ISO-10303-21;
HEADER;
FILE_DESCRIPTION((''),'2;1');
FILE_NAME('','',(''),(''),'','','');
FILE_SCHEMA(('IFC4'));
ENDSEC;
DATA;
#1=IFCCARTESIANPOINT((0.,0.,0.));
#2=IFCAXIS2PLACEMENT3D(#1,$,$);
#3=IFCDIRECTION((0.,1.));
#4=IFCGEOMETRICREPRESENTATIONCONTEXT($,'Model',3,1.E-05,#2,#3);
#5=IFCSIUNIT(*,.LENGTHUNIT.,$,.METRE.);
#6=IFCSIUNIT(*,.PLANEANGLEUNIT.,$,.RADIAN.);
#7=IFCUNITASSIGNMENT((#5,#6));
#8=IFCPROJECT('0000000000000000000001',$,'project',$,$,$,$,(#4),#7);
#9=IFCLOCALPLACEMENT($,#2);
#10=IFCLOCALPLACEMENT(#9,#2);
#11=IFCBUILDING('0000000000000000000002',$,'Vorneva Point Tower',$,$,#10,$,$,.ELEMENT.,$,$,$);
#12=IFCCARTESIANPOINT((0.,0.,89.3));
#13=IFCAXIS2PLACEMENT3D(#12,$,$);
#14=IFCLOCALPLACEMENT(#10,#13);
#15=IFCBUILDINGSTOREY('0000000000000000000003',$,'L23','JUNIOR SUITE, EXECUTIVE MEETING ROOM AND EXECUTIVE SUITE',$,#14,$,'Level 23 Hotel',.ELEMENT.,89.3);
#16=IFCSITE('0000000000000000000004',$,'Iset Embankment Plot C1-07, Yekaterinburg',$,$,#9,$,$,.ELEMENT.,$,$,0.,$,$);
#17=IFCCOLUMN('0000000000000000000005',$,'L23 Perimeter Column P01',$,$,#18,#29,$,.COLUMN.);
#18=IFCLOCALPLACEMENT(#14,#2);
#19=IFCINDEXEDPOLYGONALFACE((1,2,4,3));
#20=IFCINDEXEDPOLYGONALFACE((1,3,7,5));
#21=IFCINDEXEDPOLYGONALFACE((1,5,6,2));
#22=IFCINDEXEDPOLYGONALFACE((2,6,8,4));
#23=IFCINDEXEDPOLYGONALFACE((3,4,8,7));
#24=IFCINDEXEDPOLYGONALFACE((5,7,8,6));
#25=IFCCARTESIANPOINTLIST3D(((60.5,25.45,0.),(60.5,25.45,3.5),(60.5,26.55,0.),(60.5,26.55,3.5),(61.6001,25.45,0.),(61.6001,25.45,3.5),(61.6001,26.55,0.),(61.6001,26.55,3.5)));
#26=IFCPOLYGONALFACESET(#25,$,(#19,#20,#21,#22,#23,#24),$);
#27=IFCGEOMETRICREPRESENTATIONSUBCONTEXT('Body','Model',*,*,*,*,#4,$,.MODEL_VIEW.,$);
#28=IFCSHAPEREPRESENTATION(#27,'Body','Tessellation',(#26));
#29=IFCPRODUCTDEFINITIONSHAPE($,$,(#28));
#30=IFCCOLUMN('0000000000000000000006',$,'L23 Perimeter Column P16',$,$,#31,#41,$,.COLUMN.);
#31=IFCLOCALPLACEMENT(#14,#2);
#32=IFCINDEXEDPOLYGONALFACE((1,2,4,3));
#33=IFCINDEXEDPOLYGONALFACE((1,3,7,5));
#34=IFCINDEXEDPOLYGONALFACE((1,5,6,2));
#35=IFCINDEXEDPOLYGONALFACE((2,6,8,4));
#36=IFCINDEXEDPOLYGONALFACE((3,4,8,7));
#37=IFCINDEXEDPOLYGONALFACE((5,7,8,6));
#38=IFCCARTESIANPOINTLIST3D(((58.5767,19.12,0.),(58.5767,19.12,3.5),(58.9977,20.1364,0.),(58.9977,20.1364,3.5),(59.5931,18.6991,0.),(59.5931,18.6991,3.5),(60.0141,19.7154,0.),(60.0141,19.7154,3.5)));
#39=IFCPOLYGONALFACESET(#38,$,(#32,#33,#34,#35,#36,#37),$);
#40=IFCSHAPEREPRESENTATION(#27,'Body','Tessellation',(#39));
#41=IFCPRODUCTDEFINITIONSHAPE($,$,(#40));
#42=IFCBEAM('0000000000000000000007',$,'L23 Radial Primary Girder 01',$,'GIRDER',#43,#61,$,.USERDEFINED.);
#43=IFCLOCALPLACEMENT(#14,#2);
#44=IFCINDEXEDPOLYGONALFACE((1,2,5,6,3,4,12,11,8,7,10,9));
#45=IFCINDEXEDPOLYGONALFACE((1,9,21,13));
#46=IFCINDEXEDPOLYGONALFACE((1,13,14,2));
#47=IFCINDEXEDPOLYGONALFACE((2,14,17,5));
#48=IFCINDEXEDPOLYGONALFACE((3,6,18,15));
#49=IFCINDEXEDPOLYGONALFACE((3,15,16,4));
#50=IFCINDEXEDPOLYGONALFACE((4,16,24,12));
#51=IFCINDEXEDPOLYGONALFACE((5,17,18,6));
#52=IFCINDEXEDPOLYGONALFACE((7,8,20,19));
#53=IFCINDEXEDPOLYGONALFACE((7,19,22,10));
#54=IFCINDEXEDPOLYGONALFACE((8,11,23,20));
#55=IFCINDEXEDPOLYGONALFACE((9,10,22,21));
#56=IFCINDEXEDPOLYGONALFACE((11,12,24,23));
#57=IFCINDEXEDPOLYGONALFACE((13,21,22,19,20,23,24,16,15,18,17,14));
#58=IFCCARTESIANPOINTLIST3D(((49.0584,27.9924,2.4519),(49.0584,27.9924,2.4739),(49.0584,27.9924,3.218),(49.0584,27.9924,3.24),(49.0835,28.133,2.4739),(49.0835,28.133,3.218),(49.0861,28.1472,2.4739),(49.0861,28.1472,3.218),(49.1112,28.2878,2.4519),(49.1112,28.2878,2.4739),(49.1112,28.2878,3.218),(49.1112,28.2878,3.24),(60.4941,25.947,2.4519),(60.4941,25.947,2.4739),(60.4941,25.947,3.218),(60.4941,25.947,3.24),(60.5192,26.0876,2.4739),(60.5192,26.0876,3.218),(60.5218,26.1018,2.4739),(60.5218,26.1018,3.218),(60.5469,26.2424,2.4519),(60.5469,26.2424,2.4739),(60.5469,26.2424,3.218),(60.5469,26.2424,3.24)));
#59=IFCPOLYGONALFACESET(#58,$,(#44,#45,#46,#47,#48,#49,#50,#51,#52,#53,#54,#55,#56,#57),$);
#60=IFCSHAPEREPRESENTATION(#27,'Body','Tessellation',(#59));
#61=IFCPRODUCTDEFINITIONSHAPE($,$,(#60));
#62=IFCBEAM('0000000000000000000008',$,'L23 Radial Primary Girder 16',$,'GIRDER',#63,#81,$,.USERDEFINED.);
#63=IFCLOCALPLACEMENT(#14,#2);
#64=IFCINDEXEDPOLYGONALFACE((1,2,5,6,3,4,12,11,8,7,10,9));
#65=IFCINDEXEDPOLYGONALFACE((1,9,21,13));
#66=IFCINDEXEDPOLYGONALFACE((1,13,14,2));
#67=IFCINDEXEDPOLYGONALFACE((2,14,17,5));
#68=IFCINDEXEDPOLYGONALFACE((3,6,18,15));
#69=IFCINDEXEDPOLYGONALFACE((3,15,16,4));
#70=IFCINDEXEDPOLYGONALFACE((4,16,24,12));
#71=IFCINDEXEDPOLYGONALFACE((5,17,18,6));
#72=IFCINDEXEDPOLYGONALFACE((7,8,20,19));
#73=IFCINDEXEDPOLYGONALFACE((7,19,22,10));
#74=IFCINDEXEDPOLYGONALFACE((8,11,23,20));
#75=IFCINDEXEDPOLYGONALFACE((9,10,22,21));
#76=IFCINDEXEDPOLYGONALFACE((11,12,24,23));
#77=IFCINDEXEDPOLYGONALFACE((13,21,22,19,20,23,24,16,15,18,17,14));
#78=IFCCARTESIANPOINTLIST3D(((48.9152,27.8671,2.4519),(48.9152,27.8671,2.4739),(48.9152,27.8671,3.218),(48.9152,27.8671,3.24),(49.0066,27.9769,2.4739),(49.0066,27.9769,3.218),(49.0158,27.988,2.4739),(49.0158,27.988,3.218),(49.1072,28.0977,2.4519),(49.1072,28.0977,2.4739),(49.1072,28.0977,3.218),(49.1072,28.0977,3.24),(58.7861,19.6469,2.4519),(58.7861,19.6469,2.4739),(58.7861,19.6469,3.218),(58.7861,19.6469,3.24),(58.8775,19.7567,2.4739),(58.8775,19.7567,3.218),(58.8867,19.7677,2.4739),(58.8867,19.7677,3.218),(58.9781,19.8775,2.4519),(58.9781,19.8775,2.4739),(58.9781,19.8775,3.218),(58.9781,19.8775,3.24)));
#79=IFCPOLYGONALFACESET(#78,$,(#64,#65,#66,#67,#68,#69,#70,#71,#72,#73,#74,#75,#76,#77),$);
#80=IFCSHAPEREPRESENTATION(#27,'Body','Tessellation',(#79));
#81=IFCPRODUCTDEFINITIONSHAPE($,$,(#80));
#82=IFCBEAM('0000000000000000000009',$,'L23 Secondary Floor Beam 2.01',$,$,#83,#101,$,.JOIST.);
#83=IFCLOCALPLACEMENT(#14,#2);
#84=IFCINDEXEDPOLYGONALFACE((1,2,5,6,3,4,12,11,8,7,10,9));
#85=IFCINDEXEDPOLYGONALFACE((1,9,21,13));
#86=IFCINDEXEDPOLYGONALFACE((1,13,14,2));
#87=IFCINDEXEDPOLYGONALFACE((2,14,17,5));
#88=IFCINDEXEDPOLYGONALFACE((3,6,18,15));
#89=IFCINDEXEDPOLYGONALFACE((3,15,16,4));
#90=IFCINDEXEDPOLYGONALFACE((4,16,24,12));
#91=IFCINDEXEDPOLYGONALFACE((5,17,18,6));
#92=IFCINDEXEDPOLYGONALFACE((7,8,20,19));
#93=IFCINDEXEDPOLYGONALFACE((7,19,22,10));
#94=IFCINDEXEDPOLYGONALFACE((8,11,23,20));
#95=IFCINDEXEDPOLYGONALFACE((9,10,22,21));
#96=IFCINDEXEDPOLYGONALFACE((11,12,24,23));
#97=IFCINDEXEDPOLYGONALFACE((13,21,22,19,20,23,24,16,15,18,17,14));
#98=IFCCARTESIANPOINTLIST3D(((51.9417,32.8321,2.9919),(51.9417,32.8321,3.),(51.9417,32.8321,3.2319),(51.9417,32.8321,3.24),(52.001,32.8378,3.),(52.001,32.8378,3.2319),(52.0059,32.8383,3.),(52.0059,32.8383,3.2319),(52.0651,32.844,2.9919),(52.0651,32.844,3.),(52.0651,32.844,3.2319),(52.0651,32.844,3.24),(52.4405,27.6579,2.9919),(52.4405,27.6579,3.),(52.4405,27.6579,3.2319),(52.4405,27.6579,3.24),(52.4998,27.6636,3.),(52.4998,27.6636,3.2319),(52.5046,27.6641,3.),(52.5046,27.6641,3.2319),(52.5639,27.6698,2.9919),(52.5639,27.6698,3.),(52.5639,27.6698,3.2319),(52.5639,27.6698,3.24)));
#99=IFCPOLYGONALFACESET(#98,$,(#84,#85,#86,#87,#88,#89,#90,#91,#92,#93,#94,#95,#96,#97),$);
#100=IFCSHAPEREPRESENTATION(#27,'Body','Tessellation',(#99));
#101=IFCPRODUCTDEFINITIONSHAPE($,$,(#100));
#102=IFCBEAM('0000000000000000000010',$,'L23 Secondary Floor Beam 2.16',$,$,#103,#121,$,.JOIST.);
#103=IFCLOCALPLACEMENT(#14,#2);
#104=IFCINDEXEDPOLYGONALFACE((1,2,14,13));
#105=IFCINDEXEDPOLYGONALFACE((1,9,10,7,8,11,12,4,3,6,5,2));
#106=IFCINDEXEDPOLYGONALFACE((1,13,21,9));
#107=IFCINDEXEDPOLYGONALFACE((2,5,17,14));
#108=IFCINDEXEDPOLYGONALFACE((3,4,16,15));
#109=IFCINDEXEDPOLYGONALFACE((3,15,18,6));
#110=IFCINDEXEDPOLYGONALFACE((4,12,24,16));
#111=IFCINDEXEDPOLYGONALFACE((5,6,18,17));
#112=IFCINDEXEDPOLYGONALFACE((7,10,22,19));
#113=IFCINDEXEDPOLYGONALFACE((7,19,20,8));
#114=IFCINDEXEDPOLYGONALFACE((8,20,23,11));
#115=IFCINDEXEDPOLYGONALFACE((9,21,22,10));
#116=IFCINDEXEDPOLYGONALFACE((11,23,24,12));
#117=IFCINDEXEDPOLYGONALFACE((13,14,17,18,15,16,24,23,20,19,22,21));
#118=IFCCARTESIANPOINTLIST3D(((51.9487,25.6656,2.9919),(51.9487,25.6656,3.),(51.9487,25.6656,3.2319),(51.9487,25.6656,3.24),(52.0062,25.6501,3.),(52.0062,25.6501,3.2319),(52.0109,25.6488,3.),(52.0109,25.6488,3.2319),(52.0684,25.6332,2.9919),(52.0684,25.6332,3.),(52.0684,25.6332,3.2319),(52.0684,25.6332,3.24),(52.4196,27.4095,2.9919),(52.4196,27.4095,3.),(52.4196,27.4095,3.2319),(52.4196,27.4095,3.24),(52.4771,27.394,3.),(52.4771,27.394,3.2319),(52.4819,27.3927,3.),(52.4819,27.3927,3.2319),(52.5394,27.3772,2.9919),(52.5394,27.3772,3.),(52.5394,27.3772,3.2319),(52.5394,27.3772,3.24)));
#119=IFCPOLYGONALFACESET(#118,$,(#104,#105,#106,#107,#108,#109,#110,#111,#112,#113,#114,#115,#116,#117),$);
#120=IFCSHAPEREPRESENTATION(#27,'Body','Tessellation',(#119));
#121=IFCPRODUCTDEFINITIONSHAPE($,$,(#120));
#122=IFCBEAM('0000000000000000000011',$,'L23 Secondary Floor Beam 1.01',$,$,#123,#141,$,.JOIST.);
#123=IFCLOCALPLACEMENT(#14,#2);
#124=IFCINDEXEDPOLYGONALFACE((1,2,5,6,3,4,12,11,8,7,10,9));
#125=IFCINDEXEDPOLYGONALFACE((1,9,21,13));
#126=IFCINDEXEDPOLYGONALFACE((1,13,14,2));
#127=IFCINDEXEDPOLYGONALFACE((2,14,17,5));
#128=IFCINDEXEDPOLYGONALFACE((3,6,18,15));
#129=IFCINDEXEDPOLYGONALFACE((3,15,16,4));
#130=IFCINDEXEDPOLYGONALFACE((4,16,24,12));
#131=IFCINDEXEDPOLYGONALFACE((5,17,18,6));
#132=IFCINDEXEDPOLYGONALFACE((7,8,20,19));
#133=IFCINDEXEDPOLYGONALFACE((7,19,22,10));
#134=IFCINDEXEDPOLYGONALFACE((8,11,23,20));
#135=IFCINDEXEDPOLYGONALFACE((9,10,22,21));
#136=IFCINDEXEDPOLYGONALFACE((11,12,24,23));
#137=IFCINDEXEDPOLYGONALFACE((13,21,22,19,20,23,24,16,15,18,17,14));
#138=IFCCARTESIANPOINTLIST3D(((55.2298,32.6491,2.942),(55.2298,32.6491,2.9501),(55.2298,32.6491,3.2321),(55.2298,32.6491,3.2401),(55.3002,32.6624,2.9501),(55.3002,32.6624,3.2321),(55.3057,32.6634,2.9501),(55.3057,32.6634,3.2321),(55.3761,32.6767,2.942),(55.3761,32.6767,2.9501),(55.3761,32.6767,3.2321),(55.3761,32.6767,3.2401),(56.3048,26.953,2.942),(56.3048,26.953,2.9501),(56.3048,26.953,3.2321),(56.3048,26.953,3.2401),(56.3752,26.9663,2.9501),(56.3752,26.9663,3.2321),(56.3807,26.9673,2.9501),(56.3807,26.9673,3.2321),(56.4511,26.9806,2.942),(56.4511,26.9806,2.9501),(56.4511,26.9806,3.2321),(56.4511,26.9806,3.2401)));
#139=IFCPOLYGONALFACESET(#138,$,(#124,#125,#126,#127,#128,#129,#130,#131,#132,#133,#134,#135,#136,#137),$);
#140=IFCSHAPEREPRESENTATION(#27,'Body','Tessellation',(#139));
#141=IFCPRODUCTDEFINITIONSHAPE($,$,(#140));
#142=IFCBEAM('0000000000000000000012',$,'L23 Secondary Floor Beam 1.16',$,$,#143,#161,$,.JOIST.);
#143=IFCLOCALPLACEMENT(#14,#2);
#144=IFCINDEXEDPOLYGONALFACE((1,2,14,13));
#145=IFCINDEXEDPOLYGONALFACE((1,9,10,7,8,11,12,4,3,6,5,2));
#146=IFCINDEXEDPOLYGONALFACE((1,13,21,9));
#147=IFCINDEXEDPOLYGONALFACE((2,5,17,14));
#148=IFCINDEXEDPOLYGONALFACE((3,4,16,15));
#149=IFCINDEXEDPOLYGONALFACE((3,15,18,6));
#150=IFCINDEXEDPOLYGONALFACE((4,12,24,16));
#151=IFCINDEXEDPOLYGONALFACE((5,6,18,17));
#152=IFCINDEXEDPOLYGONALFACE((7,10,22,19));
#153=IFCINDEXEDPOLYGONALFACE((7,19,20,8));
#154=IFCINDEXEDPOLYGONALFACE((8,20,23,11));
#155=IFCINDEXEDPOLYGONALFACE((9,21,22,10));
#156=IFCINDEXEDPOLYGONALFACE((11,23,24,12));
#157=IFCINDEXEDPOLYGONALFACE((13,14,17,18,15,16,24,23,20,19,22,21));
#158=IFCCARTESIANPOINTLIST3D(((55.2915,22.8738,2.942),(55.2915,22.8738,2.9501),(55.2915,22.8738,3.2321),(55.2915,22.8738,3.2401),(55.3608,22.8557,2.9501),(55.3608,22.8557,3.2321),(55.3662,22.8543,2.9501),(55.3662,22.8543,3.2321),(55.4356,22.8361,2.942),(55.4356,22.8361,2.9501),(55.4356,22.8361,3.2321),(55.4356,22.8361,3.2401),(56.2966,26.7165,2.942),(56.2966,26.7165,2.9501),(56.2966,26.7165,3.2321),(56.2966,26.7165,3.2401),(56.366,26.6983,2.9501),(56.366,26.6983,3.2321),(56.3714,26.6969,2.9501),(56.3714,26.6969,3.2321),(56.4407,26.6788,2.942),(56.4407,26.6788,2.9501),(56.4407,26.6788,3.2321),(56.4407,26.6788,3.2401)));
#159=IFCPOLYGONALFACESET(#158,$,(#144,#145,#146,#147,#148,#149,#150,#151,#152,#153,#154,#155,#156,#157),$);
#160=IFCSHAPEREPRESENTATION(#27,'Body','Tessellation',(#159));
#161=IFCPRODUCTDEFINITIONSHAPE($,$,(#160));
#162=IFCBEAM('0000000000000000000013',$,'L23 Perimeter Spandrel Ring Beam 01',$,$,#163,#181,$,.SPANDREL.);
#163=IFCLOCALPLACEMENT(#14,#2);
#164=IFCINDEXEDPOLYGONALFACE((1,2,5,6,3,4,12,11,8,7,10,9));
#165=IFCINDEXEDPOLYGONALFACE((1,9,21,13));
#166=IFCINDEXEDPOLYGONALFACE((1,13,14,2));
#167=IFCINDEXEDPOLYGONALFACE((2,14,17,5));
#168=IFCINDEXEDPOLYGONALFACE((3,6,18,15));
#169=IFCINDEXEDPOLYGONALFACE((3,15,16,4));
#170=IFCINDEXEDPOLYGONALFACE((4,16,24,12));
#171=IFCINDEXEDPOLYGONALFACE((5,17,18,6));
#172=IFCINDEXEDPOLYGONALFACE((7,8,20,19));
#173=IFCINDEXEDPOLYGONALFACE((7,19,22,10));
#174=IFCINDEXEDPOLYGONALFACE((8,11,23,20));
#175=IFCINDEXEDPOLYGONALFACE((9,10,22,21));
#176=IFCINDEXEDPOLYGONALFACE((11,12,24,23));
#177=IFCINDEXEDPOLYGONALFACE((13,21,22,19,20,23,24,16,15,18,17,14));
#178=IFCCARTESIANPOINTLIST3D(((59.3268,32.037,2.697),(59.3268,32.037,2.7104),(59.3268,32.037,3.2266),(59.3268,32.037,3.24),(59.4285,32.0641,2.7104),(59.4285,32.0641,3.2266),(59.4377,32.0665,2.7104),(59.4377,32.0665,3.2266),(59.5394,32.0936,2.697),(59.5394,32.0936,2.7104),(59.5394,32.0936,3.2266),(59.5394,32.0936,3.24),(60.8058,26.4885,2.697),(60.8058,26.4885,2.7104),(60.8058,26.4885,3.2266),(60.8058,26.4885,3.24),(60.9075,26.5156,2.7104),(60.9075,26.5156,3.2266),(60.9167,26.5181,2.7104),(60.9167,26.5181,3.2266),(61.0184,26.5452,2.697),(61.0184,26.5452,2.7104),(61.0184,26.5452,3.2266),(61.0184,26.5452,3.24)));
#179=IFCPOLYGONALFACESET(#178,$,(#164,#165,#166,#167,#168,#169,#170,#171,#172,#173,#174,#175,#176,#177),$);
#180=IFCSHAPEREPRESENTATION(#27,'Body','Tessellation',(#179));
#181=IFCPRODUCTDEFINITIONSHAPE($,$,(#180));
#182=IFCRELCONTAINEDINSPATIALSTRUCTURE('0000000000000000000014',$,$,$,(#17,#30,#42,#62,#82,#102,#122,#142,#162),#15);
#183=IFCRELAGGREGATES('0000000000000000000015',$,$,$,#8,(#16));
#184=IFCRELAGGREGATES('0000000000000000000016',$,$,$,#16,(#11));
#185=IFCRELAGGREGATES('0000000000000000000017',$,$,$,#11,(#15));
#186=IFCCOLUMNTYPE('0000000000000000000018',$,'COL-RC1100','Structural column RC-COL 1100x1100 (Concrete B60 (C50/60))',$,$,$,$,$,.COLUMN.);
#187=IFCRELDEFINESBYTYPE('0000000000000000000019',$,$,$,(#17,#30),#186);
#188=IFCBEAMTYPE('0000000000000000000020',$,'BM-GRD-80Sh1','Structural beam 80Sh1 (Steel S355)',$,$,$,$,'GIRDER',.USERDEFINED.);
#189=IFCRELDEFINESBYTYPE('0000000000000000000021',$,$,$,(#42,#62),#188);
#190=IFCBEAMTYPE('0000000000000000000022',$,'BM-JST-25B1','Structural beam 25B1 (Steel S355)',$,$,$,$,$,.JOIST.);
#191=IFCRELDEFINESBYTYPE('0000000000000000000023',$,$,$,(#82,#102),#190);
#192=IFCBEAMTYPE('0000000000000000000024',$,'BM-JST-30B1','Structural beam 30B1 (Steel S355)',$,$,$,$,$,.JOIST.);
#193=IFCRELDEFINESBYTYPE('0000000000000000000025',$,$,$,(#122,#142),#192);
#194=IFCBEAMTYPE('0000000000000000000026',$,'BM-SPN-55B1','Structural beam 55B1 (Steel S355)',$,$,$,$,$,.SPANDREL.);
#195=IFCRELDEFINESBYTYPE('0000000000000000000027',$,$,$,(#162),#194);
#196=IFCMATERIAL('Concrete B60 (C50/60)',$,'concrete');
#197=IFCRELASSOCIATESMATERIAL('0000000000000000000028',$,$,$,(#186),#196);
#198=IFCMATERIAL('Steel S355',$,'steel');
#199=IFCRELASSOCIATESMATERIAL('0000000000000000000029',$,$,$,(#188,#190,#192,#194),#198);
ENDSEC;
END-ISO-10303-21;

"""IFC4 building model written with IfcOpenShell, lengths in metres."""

from ifc_helpers import new_model, si_unit, direction, frame, origin, origin_2d, place, context, subcontext, project, spatial, rectangle, i_section, extrude, material, material_profile, profile_set, type_object, element, save


model = new_model("IFC4")

# Units and contexts
model_context = context("Model", 3, precision=1e-05, world=origin(), true_north=direction((0.0, 1.0)))
body_context = subcontext(model_context, "Body", "Model", "MODEL_VIEW")
ifc_project = project(units=[si_unit("LENGTHUNIT", "METRE"), si_unit("PLANEANGLEUNIT", "RADIAN")], contexts=[model_context])

# Site, building, storey
site_placement = place(None, origin())
site = spatial("IfcSite", under=ifc_project, at=site_placement, Name="Iset Embankment Plot C1-07, Yekaterinburg", CompositionType="ELEMENT", RefElevation=0.0)
building_placement = place(site_placement, origin())
building = spatial("IfcBuilding", under=site, at=building_placement, Name="Vorneva Point Tower", CompositionType="ELEMENT")
storey_placement = place(building_placement, frame((0.0, 0.0, 89.3)))
storey = spatial("IfcBuildingStorey", under=building, at=storey_placement, Name="L23", Description="JUNIOR SUITE, EXECUTIVE MEETING ROOM AND EXECUTIVE SUITE", LongName="Level 23 Hotel", CompositionType="ELEMENT", Elevation=89.3)

# Columns
ifc_material_1 = material(Name="Concrete B60 (C50/60)", Category="concrete")
ifc_material_profile_1 = material_profile(ifc_material_1, rectangle(XDim=1.1001, YDim=1.1001, at=origin_2d()), Name="RC-COL 1100x1100")
ifc_profile_set_1 = profile_set([ifc_material_profile_1], Name="Concrete B60 (C50/60)")
column_type = type_object("IfcColumnType", Name="COL-RC1100", Description="Structural column RC-COL 1100x1100 (Concrete B60 (C50/60))", PredefinedType="COLUMN", material=ifc_profile_set_1)
for number, where, z_axis, x_axis, name in (
    (1, (61.05, 26.0, 0.0), (0.0, 0.0, 1.0), (1.0, 0.0, 0.0), "L23 Perimeter Column P01"),
    (2, (59.2954, 19.4177, 0.0), (0.0, 0.0, 1.0), (0.92388, -0.382683, 0.0), "L23 Perimeter Column P16"),
):
    element("IfcColumn", number, at=place(storey_placement, frame(where, z_axis=z_axis, x_axis=x_axis)), inside=storey, type_object=column_type, Name=name, PredefinedType="COLUMN", context=body_context, shape_type="SweptSolid", body=[
        extrude(rectangle(XDim=1.1001, YDim=1.1001, at=origin_2d()), origin(), (0.0, 0.0, 1.0), 3.5),
    ])

# Beams
ifc_material_2 = material(Name="Steel S355", Category="steel")
ifc_material_profile_2 = material_profile(ifc_material_2, i_section(OverallWidth=0.3, OverallDepth=0.7881, WebThickness=0.0144, FlangeThickness=0.022, at=origin_2d()), Name="80Sh1")
ifc_profile_set_2 = profile_set([ifc_material_profile_2], Name="Steel S355")
beam_type_1 = type_object("IfcBeamType", Name="BM-GRD-80Sh1", Description="Structural beam 80Sh1 (Steel S355)", ElementType="GIRDER", PredefinedType="USERDEFINED", material=ifc_profile_set_2)
beam_1_placement = place(storey_placement, frame((60.5205, 26.0947, 2.8459), z_axis=(-0.984378, 0.176066, 0.0), x_axis=(-0.176066, -0.984378, 0.0)))
element("IfcBeam", 3, at=beam_1_placement, inside=storey, type_object=beam_type_1, Name="L23 Radial Primary Girder 01", ObjectType="GIRDER", PredefinedType="USERDEFINED", context=body_context, shape_type="SweptSolid", body=[
    extrude(i_section(OverallWidth=0.3, OverallDepth=0.7881, WebThickness=0.0144, FlangeThickness=0.022, at=origin_2d()), origin(), (0.0, 0.0, 1.0), 11.6172),
])
beam_2_placement = place(storey_placement, frame((58.8821, 19.7622, 2.8459), z_axis=(-0.768432, 0.639932, 0.0), x_axis=(-0.639932, -0.768432, 0.0)))
element("IfcBeam", 4, at=beam_2_placement, inside=storey, type_object=beam_type_1, Name="L23 Radial Primary Girder 16", ObjectType="GIRDER", PredefinedType="USERDEFINED", context=body_context, shape_type="SweptSolid", body=[
    extrude(i_section(OverallWidth=0.3, OverallDepth=0.7881, WebThickness=0.0144, FlangeThickness=0.022, at=origin_2d()), origin(), (0.0, 0.0, 1.0), 12.8455),
])
ifc_material_profile_3 = material_profile(ifc_material_2, i_section(OverallWidth=0.124, OverallDepth=0.248, WebThickness=0.0049, FlangeThickness=0.0081, at=origin_2d()), Name="25B1")
ifc_profile_set_3 = profile_set([ifc_material_profile_3], Name="Steel S355")
beam_type_2 = type_object("IfcBeamType", Name="BM-JST-25B1", Description="Structural beam 25B1 (Steel S355)", PredefinedType="JOIST", material=ifc_profile_set_3)
beam_3_placement = place(storey_placement, frame((52.5022, 27.6638, 3.116), z_axis=(-0.09595, 0.995386, 0.0), x_axis=(-0.995386, -0.09595, 0.0)))
element("IfcBeam", 5, at=beam_3_placement, inside=storey, type_object=beam_type_2, Name="L23 Secondary Floor Beam 2.01", PredefinedType="JOIST", context=body_context, shape_type="SweptSolid", body=[
    extrude(i_section(OverallWidth=0.124, OverallDepth=0.248, WebThickness=0.0049, FlangeThickness=0.0081, at=origin_2d()), origin(), (0.0, 0.0, 1.0), 5.1982),
])
beam_4_placement = place(storey_placement, frame((52.0085, 25.6494, 3.116), z_axis=(0.260715, 0.965416, 0.0), x_axis=(-0.965416, 0.260715, 0.0)))
element("IfcBeam", 6, at=beam_4_placement, inside=storey, type_object=beam_type_2, Name="L23 Secondary Floor Beam 2.16", PredefinedType="JOIST", context=body_context, shape_type="SweptSolid", body=[
    extrude(i_section(OverallWidth=0.124, OverallDepth=0.248, WebThickness=0.0049, FlangeThickness=0.0081, at=origin_2d()), origin(), (0.0, 0.0, 1.0), 1.8064),
])
ifc_material_profile_4 = material_profile(ifc_material_2, i_section(OverallWidth=0.1489, OverallDepth=0.2981, WebThickness=0.0056, FlangeThickness=0.0081, at=origin_2d()), Name="30B1")
ifc_profile_set_4 = profile_set([ifc_material_profile_4], Name="Steel S355")
beam_type_3 = type_object("IfcBeamType", Name="BM-JST-30B1", Description="Structural beam 30B1 (Steel S355)", PredefinedType="JOIST", material=ifc_profile_set_4)
beam_5_placement = place(storey_placement, frame((56.3779, 26.9668, 3.0911), z_axis=(-0.185445, 0.982655, 0.0), x_axis=(-0.982655, -0.185445, 0.0)))
element("IfcBeam", 7, at=beam_5_placement, inside=storey, type_object=beam_type_3, Name="L23 Secondary Floor Beam 1.01", PredefinedType="JOIST", context=body_context, shape_type="SweptSolid", body=[
    extrude(i_section(OverallWidth=0.1489, OverallDepth=0.2981, WebThickness=0.0056, FlangeThickness=0.0081, at=origin_2d()), origin(), (0.0, 0.0, 1.0), 5.7966),
])
beam_6_placement = place(storey_placement, frame((55.3635, 22.855, 3.0911), z_axis=(0.253065, 0.967449, 0.0), x_axis=(-0.967449, 0.253065, 0.0)))
element("IfcBeam", 8, at=beam_6_placement, inside=storey, type_object=beam_type_3, Name="L23 Secondary Floor Beam 1.16", PredefinedType="JOIST", context=body_context, shape_type="SweptSolid", body=[
    extrude(i_section(OverallWidth=0.1489, OverallDepth=0.2981, WebThickness=0.0056, FlangeThickness=0.0081, at=origin_2d()), origin(), (0.0, 0.0, 1.0), 3.9719),
])
ifc_material_profile_5 = material_profile(ifc_material_2, i_section(OverallWidth=0.22, OverallDepth=0.543, WebThickness=0.0095, FlangeThickness=0.0134, at=origin_2d()), Name="55B1")
ifc_profile_set_5 = profile_set([ifc_material_profile_5], Name="Steel S355")
beam_type_4 = type_object("IfcBeamType", Name="BM-SPN-55B1", Description="Structural beam 55B1 (Steel S355)", PredefinedType="SPANDREL", material=ifc_profile_set_5)
for number, where, z_axis, x_axis, name in (
    (9, (60.9121, 26.5168, 2.9685), (-0.257573, 0.966259, 0.0), (-0.966259, -0.257573, 0.0), "L23 Perimeter Spandrel Ring Beam 01"),
):
    element("IfcBeam", number, at=place(storey_placement, frame(where, z_axis=z_axis, x_axis=x_axis)), inside=storey, type_object=beam_type_4, Name=name, PredefinedType="SPANDREL", context=body_context, shape_type="SweptSolid", body=[
        extrude(i_section(OverallWidth=0.22, OverallDepth=0.543, WebThickness=0.0095, FlangeThickness=0.0134, at=origin_2d()), origin(), (0.0, 0.0, 1.0), 5.7422),
    ])

save(model, "model.ifc")
